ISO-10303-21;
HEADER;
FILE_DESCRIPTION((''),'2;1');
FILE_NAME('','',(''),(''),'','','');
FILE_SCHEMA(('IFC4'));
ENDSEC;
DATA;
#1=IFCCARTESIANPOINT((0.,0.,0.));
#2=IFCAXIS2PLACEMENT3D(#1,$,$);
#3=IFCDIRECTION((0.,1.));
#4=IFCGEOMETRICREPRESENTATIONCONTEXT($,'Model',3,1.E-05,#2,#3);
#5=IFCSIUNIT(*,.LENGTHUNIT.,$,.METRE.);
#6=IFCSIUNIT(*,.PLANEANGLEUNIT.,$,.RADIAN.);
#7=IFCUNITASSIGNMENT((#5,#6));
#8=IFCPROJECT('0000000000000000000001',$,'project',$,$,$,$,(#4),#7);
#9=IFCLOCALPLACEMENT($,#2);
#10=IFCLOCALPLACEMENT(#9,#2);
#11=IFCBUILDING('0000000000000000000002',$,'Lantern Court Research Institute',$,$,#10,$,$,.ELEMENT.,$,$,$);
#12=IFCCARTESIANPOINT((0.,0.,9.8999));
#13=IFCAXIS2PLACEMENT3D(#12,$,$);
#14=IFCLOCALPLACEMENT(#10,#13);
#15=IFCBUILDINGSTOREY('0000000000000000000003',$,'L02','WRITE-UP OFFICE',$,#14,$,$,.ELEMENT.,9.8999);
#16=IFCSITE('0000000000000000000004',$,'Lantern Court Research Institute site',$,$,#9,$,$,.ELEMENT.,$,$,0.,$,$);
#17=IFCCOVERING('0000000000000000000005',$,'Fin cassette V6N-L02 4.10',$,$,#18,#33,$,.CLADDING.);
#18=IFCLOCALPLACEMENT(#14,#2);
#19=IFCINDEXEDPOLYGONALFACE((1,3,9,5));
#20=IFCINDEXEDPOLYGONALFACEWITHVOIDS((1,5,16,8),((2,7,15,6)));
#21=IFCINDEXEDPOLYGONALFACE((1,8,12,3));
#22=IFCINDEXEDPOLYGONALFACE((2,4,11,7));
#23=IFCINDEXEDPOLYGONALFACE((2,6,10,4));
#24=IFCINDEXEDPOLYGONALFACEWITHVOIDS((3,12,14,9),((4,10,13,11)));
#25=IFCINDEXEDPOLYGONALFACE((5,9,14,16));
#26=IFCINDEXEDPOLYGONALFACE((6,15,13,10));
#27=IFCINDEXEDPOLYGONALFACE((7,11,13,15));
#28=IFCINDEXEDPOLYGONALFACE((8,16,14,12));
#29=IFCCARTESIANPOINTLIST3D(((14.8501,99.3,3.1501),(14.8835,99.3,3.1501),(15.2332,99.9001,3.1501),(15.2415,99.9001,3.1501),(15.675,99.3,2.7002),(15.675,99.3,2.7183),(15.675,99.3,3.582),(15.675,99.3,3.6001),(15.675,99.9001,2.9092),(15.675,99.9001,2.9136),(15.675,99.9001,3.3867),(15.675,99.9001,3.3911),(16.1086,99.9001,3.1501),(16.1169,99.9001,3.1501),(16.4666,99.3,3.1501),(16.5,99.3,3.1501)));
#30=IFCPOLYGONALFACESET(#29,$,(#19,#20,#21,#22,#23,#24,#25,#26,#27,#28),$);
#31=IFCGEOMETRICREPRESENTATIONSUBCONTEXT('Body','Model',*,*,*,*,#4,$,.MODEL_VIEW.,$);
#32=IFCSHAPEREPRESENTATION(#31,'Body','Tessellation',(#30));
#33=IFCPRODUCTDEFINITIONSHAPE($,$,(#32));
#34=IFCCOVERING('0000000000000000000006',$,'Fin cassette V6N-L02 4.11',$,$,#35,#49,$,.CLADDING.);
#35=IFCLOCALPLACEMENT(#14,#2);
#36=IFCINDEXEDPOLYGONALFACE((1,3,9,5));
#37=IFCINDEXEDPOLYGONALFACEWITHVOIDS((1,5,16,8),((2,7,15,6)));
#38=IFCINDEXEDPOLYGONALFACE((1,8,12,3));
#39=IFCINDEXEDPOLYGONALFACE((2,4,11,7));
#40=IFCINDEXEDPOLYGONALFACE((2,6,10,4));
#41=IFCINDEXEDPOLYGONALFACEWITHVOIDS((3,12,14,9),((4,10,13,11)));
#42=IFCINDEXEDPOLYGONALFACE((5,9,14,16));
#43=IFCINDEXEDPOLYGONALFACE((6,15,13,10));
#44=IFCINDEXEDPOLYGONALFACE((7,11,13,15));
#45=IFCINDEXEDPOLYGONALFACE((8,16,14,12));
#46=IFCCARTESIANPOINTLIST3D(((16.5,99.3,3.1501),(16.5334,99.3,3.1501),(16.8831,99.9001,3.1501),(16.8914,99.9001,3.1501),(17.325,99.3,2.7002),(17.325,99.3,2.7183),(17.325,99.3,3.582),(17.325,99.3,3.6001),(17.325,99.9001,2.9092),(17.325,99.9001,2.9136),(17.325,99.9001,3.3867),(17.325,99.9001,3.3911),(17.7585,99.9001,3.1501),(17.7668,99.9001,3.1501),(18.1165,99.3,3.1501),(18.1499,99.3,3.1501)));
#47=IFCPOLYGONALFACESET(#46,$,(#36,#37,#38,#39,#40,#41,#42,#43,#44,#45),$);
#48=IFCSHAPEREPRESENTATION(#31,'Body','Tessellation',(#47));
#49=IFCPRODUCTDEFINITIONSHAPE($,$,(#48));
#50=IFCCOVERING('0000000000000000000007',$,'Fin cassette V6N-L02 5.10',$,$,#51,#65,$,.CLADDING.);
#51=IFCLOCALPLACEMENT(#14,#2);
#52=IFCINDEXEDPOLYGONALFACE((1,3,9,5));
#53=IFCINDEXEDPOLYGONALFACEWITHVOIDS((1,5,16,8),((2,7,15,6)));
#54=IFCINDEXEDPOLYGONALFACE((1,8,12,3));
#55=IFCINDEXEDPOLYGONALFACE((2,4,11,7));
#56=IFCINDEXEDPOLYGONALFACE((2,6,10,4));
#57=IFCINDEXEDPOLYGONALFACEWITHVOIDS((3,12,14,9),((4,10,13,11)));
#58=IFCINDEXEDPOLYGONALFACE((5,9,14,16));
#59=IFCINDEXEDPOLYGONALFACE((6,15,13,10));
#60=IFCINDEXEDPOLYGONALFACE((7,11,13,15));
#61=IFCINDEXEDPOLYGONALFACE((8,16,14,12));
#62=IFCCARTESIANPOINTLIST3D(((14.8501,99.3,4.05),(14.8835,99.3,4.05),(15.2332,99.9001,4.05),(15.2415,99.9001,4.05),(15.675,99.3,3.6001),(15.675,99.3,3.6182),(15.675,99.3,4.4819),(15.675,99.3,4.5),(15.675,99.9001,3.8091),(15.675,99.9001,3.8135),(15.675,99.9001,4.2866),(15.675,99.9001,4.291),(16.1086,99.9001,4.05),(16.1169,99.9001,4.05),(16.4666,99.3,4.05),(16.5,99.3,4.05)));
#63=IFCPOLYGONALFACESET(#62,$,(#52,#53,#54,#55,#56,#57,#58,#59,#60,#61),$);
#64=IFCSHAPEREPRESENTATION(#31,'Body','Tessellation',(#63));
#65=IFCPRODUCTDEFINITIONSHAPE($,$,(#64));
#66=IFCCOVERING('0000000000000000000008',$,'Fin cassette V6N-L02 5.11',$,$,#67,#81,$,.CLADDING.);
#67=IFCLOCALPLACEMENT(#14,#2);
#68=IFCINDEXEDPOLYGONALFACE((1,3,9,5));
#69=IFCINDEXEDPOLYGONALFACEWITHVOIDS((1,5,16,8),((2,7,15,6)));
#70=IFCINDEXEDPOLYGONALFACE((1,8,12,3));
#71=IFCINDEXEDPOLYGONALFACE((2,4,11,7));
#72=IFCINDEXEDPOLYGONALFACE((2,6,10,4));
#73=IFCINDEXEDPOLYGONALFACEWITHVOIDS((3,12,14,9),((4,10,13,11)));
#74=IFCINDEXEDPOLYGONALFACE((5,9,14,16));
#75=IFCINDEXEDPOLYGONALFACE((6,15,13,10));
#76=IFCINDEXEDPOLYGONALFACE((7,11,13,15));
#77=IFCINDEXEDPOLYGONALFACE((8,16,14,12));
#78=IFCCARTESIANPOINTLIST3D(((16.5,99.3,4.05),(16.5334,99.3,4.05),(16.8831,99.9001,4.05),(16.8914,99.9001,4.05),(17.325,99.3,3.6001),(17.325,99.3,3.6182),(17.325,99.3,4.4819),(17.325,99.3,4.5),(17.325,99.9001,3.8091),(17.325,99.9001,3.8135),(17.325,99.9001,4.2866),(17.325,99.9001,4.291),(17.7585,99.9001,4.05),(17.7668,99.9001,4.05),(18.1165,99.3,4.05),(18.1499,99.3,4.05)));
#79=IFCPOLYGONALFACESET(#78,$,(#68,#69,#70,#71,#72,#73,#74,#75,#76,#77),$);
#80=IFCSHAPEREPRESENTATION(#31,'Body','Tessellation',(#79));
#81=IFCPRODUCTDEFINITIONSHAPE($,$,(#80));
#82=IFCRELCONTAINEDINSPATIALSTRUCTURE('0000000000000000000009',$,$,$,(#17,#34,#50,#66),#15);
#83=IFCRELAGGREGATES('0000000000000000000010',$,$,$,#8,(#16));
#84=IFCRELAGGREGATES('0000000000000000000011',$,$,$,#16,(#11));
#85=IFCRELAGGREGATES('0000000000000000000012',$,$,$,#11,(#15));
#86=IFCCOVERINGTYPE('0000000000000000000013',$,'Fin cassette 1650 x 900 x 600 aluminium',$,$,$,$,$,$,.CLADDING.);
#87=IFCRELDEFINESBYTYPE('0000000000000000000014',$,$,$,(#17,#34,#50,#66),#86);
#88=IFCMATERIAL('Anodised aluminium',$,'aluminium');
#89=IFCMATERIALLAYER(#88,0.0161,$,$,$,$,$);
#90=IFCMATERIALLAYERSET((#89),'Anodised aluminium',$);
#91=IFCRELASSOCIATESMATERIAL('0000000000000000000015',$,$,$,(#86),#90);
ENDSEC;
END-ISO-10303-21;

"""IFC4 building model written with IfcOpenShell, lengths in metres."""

from ifc_helpers import new_model, entity, si_unit, direction, frame, origin, place, context, subcontext, project, spatial, material, layer, layer_set, type_object, element, save


model = new_model("IFC4")

# Units and contexts
model_context = context("Model", 3, precision=1e-05, world=origin(), true_north=direction((0.0, 1.0)))
body_context = subcontext(model_context, "Body", "Model", "MODEL_VIEW")
ifc_project = project(units=[si_unit("LENGTHUNIT", "METRE"), si_unit("PLANEANGLEUNIT", "RADIAN")], contexts=[model_context])

# Site, building, storey
site_placement = place(None, origin())
site = spatial("IfcSite", under=ifc_project, at=site_placement, Name="Lantern Court Research Institute site", CompositionType="ELEMENT", RefElevation=0.0)
building_placement = place(site_placement, origin())
building = spatial("IfcBuilding", under=site, at=building_placement, Name="Lantern Court Research Institute", CompositionType="ELEMENT")
storey_placement = place(building_placement, frame((0.0, 0.0, 9.8999)))
storey = spatial("IfcBuildingStorey", under=building, at=storey_placement, Name="L02", Description="WRITE-UP OFFICE", CompositionType="ELEMENT", Elevation=9.8999)

# Coverings
ifc_material_1 = material(Name="Anodised aluminium", Category="aluminium")
ifc_layer_1 = layer(ifc_material_1, 0.0161)
ifc_layer_set_1 = layer_set([ifc_layer_1], Name="Anodised aluminium")
covering_type = type_object("IfcCoveringType", Name="Fin cassette 1650 x 900 x 600 aluminium", PredefinedType="CLADDING", material=ifc_layer_set_1)
covering_1_placement = place(storey_placement, frame((15.675, 99.3, 3.1501), z_axis=(0.0, 1.0, 0.0), x_axis=(-1.0, 0.0, 0.0)))
cartesian_point_1 = entity("IfcCartesianPoint", [0.825, 0.0])
cartesian_point_2 = entity("IfcCartesianPoint", [0.7915, 0.0])
cartesian_point_3 = entity("IfcCartesianPoint", [0.4419, 0.0])
cartesian_point_4 = entity("IfcCartesianPoint", [0.4336, 0.0])
element("IfcCovering", 1, at=covering_1_placement, inside=storey, type_object=covering_type, Name="Fin cassette V6N-L02 4.10", PredefinedType="CLADDING", context=body_context, shape_type="SweptSolid", body=[
    entity("IfcExtrudedAreaSolidTapered", entity("IfcArbitraryProfileDefWithVoids", "AREA", None, entity("IfcPolyline", [cartesian_point_1, entity("IfcCartesianPoint", [0.0, 0.45]), entity("IfcCartesianPoint", [-0.825, 0.0]), entity("IfcCartesianPoint", [0.0, -0.45]), cartesian_point_1]), [entity("IfcPolyline", [cartesian_point_2, entity("IfcCartesianPoint", [0.0, 0.4319]), entity("IfcCartesianPoint", [-0.7915, 0.0]), entity("IfcCartesianPoint", [0.0, -0.4319]), cartesian_point_2])]), entity("IfcAxis2Placement3D", entity("IfcCartesianPoint", [0.0, 0.0, 0.0])), entity("IfcDirection", [0.0, 0.0, 1.0]), 0.6001, entity("IfcArbitraryProfileDefWithVoids", "AREA", None, entity("IfcPolyline", [cartesian_point_3, entity("IfcCartesianPoint", [0.0, 0.241]), entity("IfcCartesianPoint", [-0.4419, 0.0]), entity("IfcCartesianPoint", [0.0, -0.241]), cartesian_point_3]), [entity("IfcPolyline", [cartesian_point_4, entity("IfcCartesianPoint", [0.0, 0.2366]), entity("IfcCartesianPoint", [-0.4336, 0.0]), entity("IfcCartesianPoint", [0.0, -0.2366]), cartesian_point_4])])),
])
covering_2_placement = place(storey_placement, frame((17.325, 99.3, 3.1501), z_axis=(0.0, 1.0, 0.0), x_axis=(-1.0, 0.0, 0.0)))
cartesian_point_5 = entity("IfcCartesianPoint", [0.825, 0.0])
cartesian_point_6 = entity("IfcCartesianPoint", [0.7915, 0.0])
cartesian_point_7 = entity("IfcCartesianPoint", [0.4419, 0.0])
cartesian_point_8 = entity("IfcCartesianPoint", [0.4336, 0.0])
element("IfcCovering", 2, at=covering_2_placement, inside=storey, type_object=covering_type, Name="Fin cassette V6N-L02 4.11", PredefinedType="CLADDING", context=body_context, shape_type="SweptSolid", body=[
    entity("IfcExtrudedAreaSolidTapered", entity("IfcArbitraryProfileDefWithVoids", "AREA", None, entity("IfcPolyline", [cartesian_point_5, entity("IfcCartesianPoint", [0.0, 0.45]), entity("IfcCartesianPoint", [-0.825, 0.0]), entity("IfcCartesianPoint", [0.0, -0.45]), cartesian_point_5]), [entity("IfcPolyline", [cartesian_point_6, entity("IfcCartesianPoint", [0.0, 0.4319]), entity("IfcCartesianPoint", [-0.7915, 0.0]), entity("IfcCartesianPoint", [0.0, -0.4319]), cartesian_point_6])]), entity("IfcAxis2Placement3D", entity("IfcCartesianPoint", [0.0, 0.0, 0.0])), entity("IfcDirection", [0.0, 0.0, 1.0]), 0.6001, entity("IfcArbitraryProfileDefWithVoids", "AREA", None, entity("IfcPolyline", [cartesian_point_7, entity("IfcCartesianPoint", [0.0, 0.241]), entity("IfcCartesianPoint", [-0.4419, 0.0]), entity("IfcCartesianPoint", [0.0, -0.241]), cartesian_point_7]), [entity("IfcPolyline", [cartesian_point_8, entity("IfcCartesianPoint", [0.0, 0.2366]), entity("IfcCartesianPoint", [-0.4336, 0.0]), entity("IfcCartesianPoint", [0.0, -0.2366]), cartesian_point_8])])),
])
covering_3_placement = place(storey_placement, frame((15.675, 99.3, 4.05), z_axis=(0.0, 1.0, 0.0), x_axis=(-1.0, 0.0, 0.0)))
cartesian_point_9 = entity("IfcCartesianPoint", [0.825, 0.0])
cartesian_point_10 = entity("IfcCartesianPoint", [0.7915, 0.0])
cartesian_point_11 = entity("IfcCartesianPoint", [0.4419, 0.0])
cartesian_point_12 = entity("IfcCartesianPoint", [0.4336, 0.0])
element("IfcCovering", 3, at=covering_3_placement, inside=storey, type_object=covering_type, Name="Fin cassette V6N-L02 5.10", PredefinedType="CLADDING", context=body_context, shape_type="SweptSolid", body=[
    entity("IfcExtrudedAreaSolidTapered", entity("IfcArbitraryProfileDefWithVoids", "AREA", None, entity("IfcPolyline", [cartesian_point_9, entity("IfcCartesianPoint", [0.0, 0.45]), entity("IfcCartesianPoint", [-0.825, 0.0]), entity("IfcCartesianPoint", [0.0, -0.45]), cartesian_point_9]), [entity("IfcPolyline", [cartesian_point_10, entity("IfcCartesianPoint", [0.0, 0.4319]), entity("IfcCartesianPoint", [-0.7915, 0.0]), entity("IfcCartesianPoint", [0.0, -0.4319]), cartesian_point_10])]), entity("IfcAxis2Placement3D", entity("IfcCartesianPoint", [0.0, 0.0, 0.0])), entity("IfcDirection", [0.0, 0.0, 1.0]), 0.6001, entity("IfcArbitraryProfileDefWithVoids", "AREA", None, entity("IfcPolyline", [cartesian_point_11, entity("IfcCartesianPoint", [0.0, 0.241]), entity("IfcCartesianPoint", [-0.4419, 0.0]), entity("IfcCartesianPoint", [0.0, -0.241]), cartesian_point_11]), [entity("IfcPolyline", [cartesian_point_12, entity("IfcCartesianPoint", [0.0, 0.2366]), entity("IfcCartesianPoint", [-0.4336, 0.0]), entity("IfcCartesianPoint", [0.0, -0.2366]), cartesian_point_12])])),
])
covering_4_placement = place(storey_placement, frame((17.325, 99.3, 4.05), z_axis=(0.0, 1.0, 0.0), x_axis=(-1.0, 0.0, 0.0)))
cartesian_point_13 = entity("IfcCartesianPoint", [0.825, 0.0])
cartesian_point_14 = entity("IfcCartesianPoint", [0.7915, 0.0])
cartesian_point_15 = entity("IfcCartesianPoint", [0.4419, 0.0])
cartesian_point_16 = entity("IfcCartesianPoint", [0.4336, 0.0])
element("IfcCovering", 4, at=covering_4_placement, inside=storey, type_object=covering_type, Name="Fin cassette V6N-L02 5.11", PredefinedType="CLADDING", context=body_context, shape_type="SweptSolid", body=[
    entity("IfcExtrudedAreaSolidTapered", entity("IfcArbitraryProfileDefWithVoids", "AREA", None, entity("IfcPolyline", [cartesian_point_13, entity("IfcCartesianPoint", [0.0, 0.45]), entity("IfcCartesianPoint", [-0.825, 0.0]), entity("IfcCartesianPoint", [0.0, -0.45]), cartesian_point_13]), [entity("IfcPolyline", [cartesian_point_14, entity("IfcCartesianPoint", [0.0, 0.4319]), entity("IfcCartesianPoint", [-0.7915, 0.0]), entity("IfcCartesianPoint", [0.0, -0.4319]), cartesian_point_14])]), entity("IfcAxis2Placement3D", entity("IfcCartesianPoint", [0.0, 0.0, 0.0])), entity("IfcDirection", [0.0, 0.0, 1.0]), 0.6001, entity("IfcArbitraryProfileDefWithVoids", "AREA", None, entity("IfcPolyline", [cartesian_point_15, entity("IfcCartesianPoint", [0.0, 0.241]), entity("IfcCartesianPoint", [-0.4419, 0.0]), entity("IfcCartesianPoint", [0.0, -0.241]), cartesian_point_15]), [entity("IfcPolyline", [cartesian_point_16, entity("IfcCartesianPoint", [0.0, 0.2366]), entity("IfcCartesianPoint", [-0.4336, 0.0]), entity("IfcCartesianPoint", [0.0, -0.2366]), cartesian_point_16])])),
])

save(model, "model.ifc")
